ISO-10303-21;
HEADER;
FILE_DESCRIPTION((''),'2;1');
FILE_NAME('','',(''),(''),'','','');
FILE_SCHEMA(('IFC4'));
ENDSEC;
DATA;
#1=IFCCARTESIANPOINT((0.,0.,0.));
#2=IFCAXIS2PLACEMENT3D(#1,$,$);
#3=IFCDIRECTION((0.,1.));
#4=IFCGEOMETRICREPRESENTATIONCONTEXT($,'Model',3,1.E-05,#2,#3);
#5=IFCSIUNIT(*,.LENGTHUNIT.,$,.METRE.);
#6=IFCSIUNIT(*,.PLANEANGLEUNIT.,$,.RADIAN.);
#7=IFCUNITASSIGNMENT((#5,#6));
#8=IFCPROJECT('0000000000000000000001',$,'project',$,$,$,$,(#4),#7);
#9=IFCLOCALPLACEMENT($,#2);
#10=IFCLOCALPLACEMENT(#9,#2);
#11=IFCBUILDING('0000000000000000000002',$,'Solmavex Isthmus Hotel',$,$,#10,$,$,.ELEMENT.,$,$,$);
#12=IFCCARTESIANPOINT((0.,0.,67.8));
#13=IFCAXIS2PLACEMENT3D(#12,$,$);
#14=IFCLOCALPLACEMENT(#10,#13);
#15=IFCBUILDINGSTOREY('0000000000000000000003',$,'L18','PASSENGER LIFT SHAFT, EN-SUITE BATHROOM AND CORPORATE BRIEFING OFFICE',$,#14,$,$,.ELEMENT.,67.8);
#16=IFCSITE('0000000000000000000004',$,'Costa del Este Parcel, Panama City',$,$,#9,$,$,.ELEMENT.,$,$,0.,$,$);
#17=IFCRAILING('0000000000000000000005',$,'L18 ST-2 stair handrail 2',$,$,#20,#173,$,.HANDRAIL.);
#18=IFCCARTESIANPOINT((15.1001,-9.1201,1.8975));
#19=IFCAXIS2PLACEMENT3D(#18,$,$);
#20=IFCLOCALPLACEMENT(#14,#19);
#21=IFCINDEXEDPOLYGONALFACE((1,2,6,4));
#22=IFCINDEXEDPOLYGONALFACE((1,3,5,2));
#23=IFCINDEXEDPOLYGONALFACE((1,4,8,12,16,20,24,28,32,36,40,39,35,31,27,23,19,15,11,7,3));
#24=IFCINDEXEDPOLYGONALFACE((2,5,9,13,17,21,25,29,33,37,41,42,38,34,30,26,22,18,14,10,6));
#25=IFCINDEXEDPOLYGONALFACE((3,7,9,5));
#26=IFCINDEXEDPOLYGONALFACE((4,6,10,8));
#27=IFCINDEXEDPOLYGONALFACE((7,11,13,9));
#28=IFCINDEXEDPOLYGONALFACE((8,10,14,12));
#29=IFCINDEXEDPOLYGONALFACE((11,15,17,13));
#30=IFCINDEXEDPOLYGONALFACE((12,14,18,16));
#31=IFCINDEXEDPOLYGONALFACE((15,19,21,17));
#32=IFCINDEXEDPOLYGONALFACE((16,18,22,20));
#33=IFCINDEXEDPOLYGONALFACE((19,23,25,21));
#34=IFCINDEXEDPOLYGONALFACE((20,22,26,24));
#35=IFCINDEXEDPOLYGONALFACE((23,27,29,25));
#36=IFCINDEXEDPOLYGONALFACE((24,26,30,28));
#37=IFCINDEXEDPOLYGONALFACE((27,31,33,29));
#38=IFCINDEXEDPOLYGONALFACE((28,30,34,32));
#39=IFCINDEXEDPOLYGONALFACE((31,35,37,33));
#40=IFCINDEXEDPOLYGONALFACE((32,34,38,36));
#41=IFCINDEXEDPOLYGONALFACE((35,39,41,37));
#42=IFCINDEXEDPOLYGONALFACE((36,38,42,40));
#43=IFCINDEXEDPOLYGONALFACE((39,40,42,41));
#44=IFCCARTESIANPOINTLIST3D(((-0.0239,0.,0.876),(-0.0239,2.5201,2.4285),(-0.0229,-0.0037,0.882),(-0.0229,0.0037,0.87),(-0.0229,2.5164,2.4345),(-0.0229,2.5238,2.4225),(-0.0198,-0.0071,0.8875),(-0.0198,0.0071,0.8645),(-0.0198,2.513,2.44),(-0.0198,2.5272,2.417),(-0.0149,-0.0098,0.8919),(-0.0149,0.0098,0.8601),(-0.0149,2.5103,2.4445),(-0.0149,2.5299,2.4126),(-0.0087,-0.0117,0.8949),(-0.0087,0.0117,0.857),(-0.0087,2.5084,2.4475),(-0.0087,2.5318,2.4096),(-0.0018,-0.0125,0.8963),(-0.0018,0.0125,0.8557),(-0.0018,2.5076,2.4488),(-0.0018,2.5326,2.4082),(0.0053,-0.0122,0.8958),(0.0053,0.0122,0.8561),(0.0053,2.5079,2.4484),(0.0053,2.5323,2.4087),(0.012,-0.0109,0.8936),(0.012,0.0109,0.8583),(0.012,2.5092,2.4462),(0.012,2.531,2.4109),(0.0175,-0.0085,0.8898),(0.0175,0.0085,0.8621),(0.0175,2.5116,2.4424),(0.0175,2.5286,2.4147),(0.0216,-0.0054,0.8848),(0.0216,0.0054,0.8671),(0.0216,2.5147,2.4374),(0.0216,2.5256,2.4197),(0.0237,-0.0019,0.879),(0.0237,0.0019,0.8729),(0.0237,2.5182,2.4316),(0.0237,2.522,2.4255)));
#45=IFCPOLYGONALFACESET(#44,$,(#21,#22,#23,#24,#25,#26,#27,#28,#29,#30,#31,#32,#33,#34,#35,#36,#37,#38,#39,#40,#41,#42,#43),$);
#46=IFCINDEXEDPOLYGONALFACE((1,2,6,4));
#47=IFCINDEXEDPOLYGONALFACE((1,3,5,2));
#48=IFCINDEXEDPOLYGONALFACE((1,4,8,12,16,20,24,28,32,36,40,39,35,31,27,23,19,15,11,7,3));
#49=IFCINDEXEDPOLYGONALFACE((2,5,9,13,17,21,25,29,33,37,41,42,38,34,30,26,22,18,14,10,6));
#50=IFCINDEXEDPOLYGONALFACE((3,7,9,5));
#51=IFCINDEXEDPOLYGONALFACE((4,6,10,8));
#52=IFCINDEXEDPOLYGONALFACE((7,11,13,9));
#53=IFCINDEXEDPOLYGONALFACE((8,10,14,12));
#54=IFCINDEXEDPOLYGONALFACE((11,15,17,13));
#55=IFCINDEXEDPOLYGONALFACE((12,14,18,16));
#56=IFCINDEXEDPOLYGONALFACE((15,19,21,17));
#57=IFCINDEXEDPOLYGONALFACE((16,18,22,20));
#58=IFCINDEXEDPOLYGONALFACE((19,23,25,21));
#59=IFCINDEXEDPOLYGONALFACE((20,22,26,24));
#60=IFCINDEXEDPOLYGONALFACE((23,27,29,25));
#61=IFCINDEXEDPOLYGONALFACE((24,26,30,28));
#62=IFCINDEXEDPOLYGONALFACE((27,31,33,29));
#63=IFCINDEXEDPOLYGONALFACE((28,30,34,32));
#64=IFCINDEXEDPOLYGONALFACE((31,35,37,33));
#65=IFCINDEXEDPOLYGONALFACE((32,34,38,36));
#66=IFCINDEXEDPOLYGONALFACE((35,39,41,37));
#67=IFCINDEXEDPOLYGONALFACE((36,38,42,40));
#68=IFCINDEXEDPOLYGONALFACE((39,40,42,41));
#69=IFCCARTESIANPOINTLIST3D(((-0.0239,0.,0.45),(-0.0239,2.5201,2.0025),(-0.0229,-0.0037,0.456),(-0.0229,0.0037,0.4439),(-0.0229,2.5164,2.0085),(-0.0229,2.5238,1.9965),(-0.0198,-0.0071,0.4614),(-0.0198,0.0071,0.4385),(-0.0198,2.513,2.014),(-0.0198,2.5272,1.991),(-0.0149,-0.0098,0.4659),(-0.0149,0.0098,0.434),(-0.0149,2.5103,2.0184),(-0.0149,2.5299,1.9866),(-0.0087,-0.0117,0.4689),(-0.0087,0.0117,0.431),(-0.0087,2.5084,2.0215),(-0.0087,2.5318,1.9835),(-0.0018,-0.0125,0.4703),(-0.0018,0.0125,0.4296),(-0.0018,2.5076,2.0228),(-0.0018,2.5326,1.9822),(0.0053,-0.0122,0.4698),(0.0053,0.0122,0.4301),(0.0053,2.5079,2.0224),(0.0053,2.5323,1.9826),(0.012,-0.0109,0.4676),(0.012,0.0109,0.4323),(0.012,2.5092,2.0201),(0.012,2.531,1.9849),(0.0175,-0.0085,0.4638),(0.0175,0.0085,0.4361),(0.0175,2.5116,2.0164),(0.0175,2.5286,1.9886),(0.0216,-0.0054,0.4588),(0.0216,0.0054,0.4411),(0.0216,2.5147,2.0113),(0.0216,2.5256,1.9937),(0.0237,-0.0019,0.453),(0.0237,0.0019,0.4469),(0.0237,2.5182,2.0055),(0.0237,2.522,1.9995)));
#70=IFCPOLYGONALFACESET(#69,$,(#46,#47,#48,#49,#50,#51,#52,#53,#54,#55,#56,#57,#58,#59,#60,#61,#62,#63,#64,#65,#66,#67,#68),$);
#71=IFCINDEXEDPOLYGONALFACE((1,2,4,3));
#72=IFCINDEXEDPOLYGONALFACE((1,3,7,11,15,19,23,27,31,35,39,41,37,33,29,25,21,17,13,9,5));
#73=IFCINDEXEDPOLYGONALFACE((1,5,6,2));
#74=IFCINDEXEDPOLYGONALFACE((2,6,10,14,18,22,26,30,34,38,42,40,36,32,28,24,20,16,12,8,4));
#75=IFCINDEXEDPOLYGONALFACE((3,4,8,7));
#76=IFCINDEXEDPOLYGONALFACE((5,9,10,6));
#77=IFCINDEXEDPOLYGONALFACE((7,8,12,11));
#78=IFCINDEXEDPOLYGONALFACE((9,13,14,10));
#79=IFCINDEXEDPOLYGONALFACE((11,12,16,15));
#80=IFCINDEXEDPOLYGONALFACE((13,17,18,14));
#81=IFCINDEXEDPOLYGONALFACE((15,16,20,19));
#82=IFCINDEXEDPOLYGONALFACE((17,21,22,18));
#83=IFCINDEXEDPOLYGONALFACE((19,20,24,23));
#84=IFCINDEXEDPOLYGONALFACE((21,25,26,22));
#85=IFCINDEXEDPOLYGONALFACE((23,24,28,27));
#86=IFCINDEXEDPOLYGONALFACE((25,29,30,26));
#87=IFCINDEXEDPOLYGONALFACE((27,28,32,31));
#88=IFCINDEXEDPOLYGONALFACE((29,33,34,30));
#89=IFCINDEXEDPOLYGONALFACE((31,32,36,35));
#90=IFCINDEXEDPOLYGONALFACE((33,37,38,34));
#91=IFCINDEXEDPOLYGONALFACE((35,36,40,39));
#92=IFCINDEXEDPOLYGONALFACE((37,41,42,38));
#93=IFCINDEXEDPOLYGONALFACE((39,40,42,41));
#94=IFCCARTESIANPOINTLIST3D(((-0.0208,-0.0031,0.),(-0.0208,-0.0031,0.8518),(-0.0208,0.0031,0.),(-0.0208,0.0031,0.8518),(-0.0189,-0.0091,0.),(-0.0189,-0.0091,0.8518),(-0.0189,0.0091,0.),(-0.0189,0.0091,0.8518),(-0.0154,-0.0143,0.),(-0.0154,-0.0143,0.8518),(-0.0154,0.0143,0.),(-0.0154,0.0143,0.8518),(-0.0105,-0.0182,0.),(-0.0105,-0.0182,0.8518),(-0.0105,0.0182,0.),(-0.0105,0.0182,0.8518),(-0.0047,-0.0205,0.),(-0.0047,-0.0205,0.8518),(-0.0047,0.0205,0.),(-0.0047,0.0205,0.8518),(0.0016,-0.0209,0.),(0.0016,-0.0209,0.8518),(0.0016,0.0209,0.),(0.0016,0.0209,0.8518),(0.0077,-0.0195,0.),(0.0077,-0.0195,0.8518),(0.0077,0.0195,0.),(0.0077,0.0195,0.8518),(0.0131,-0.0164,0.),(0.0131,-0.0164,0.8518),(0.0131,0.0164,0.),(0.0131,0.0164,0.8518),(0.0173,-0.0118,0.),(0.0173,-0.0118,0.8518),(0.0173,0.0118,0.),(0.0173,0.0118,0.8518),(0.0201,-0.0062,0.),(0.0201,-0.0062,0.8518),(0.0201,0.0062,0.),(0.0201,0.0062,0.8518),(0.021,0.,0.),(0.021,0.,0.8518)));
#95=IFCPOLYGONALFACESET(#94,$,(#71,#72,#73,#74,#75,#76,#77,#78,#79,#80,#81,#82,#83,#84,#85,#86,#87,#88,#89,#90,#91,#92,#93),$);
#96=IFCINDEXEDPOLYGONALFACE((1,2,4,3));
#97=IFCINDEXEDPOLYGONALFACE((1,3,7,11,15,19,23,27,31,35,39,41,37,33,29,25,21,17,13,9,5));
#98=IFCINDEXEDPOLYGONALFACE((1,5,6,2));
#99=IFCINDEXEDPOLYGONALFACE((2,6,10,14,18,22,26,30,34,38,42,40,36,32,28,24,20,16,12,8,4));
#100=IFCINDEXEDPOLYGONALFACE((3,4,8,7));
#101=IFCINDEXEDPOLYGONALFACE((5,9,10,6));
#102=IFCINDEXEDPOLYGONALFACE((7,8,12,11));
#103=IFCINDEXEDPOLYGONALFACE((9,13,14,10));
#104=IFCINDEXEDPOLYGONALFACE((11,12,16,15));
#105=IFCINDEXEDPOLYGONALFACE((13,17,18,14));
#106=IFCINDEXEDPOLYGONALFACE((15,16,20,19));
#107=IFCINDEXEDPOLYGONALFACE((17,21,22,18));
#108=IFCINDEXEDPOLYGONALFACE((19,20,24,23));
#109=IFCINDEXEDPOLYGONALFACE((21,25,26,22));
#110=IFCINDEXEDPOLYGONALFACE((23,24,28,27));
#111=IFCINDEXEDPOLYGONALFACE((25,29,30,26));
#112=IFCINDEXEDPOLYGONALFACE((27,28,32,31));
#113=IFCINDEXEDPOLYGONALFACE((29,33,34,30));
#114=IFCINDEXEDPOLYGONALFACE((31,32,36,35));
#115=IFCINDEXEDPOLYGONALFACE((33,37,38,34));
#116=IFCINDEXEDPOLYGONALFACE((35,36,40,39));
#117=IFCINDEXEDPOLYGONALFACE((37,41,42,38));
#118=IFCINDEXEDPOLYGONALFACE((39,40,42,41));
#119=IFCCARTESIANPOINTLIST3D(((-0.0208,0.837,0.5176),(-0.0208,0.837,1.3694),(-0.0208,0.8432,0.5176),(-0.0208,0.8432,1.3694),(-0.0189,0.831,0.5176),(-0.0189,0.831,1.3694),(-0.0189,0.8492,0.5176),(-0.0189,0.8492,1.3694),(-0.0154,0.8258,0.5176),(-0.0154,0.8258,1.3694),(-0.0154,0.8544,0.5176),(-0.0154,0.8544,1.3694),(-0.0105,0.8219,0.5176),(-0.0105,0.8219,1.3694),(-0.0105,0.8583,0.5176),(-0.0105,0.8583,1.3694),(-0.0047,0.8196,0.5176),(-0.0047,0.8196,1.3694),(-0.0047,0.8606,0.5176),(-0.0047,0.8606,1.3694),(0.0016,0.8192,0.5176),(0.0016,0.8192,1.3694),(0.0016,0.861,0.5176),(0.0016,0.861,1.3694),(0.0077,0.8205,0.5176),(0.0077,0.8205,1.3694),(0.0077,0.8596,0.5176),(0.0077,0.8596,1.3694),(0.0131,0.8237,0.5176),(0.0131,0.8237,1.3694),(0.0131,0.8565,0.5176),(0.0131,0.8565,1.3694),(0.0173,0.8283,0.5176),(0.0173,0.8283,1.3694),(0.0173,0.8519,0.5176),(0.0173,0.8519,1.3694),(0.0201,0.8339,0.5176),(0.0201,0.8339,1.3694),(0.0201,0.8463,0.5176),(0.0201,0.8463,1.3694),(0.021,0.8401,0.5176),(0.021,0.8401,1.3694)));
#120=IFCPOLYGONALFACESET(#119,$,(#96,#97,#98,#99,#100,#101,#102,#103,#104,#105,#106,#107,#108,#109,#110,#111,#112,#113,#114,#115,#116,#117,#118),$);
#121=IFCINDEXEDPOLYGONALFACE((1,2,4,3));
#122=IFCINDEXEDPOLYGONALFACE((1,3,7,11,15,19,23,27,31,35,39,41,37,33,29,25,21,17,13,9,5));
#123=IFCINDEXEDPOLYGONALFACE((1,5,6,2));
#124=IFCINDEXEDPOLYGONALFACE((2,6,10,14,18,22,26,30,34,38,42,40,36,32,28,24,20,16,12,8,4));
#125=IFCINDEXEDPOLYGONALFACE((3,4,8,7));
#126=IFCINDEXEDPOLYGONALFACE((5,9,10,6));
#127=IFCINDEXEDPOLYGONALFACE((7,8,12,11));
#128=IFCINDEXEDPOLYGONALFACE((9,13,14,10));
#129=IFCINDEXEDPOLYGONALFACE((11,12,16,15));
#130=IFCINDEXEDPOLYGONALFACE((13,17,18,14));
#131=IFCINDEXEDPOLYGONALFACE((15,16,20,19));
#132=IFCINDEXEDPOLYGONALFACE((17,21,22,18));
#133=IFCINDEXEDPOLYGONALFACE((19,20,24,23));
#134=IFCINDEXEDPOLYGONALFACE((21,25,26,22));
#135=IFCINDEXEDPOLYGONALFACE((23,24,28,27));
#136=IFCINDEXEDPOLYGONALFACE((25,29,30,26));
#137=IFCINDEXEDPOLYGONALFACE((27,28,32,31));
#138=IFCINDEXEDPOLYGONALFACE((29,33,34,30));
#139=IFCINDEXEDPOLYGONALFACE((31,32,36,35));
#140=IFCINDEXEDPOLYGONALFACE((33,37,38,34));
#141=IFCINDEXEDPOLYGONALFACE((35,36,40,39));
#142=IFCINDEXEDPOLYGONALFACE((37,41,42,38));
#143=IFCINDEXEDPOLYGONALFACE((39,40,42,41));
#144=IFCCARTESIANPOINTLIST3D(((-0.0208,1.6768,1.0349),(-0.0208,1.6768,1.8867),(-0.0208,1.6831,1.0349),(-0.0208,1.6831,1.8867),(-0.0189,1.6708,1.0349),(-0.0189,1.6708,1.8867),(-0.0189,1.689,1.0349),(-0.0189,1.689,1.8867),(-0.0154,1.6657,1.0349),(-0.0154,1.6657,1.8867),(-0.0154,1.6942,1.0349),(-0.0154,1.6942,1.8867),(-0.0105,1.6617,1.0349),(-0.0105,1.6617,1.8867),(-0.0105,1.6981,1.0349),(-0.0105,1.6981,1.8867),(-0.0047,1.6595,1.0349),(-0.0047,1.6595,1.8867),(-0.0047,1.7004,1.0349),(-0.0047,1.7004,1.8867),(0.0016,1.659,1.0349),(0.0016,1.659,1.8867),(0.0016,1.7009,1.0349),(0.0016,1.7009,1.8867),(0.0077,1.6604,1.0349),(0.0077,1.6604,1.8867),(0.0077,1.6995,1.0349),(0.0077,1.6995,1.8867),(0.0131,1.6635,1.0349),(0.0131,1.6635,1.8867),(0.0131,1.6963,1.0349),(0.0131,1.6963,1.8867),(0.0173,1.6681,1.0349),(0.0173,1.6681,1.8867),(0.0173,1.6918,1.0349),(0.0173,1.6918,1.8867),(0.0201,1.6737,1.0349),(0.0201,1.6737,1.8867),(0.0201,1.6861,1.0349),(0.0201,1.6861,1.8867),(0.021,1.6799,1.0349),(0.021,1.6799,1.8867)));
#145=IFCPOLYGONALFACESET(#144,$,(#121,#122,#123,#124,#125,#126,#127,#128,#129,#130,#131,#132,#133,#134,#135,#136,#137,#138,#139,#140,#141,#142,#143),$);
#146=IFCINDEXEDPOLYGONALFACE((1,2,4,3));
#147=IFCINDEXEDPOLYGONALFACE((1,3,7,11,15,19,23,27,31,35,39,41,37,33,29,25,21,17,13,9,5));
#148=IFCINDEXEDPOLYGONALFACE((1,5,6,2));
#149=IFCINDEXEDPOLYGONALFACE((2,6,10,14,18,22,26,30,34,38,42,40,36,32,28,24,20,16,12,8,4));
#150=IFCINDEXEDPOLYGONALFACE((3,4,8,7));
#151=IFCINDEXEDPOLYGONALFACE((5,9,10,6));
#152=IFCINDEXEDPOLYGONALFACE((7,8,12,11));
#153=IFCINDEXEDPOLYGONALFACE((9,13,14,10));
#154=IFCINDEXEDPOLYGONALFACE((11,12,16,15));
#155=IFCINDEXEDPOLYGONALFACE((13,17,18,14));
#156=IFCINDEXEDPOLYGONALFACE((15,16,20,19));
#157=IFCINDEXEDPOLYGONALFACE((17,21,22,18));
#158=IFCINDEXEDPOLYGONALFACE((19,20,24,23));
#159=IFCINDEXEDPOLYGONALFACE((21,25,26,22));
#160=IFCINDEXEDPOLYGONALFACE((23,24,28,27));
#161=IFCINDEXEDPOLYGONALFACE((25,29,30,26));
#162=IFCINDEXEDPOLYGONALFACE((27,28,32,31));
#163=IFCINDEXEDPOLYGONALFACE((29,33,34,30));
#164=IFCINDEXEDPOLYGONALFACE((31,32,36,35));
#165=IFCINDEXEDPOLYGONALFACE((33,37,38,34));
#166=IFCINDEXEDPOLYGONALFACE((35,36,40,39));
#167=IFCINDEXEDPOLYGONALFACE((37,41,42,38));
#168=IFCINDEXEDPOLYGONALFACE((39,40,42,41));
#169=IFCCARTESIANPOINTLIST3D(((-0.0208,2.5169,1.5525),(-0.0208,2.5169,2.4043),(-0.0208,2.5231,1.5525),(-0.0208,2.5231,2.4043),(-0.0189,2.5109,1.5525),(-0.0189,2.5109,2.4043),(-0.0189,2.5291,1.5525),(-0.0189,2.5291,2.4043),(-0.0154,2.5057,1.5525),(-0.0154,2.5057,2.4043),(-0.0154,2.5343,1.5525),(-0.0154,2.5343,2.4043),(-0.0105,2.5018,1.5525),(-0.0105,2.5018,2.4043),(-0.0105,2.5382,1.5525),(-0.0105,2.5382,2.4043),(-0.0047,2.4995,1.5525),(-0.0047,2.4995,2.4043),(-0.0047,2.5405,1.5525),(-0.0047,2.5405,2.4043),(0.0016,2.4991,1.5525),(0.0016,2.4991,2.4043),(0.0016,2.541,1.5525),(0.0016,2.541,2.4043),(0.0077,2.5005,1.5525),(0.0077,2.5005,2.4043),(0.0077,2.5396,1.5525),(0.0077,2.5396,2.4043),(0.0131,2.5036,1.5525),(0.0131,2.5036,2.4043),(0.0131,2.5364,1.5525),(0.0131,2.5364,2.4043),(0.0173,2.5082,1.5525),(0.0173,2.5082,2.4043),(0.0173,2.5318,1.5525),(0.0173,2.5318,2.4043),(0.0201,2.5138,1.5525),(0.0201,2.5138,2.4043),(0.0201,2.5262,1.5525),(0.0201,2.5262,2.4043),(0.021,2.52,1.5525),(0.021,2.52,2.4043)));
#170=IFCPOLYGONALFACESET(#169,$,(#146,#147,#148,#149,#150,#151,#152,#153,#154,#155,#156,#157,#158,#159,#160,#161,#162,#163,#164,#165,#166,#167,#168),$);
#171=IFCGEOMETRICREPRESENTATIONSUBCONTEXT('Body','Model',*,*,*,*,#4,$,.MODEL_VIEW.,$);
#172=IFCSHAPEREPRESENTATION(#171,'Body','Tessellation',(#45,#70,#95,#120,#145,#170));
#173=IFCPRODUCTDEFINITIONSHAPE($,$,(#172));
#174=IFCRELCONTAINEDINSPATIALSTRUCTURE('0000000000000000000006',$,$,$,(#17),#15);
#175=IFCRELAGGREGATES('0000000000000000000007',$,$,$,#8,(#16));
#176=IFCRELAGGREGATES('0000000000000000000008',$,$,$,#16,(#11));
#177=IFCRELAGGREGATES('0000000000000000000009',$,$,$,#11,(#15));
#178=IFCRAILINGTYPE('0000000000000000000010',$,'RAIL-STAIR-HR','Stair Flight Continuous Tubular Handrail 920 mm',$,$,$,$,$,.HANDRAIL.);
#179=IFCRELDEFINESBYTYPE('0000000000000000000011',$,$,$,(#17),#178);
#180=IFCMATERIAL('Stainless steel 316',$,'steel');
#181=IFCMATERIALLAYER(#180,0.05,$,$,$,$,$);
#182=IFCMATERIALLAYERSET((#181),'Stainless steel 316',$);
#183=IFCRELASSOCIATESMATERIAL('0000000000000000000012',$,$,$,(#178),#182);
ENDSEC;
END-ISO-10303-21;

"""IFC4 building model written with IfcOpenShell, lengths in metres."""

from ifc_helpers import new_model, si_unit, direction, frame, origin, origin_2d, place, context, subcontext, project, spatial, circle, extrude, material, layer, layer_set, type_object, element, save


model = new_model("IFC4")

# Units and contexts
model_context = context("Model", 3, precision=1e-05, world=origin(), true_north=direction((0.0, 1.0)))
body_context = subcontext(model_context, "Body", "Model", "MODEL_VIEW")
ifc_project = project(units=[si_unit("LENGTHUNIT", "METRE"), si_unit("PLANEANGLEUNIT", "RADIAN")], contexts=[model_context])

# Site, building, storey
site_placement = place(None, origin())
site = spatial("IfcSite", under=ifc_project, at=site_placement, Name="Costa del Este Parcel, Panama City", CompositionType="ELEMENT", RefElevation=0.0)
building_placement = place(site_placement, origin())
building = spatial("IfcBuilding", under=site, at=building_placement, Name="Solmavex Isthmus Hotel", CompositionType="ELEMENT")
storey_placement = place(building_placement, frame((0.0, 0.0, 67.8)))
storey = spatial("IfcBuildingStorey", under=building, at=storey_placement, Name="L18", Description="PASSENGER LIFT SHAFT, EN-SUITE BATHROOM AND CORPORATE BRIEFING OFFICE", CompositionType="ELEMENT", Elevation=67.8)

# Railing
ifc_material_1 = material(Name="Stainless steel 316", Category="steel")
ifc_layer_1 = layer(ifc_material_1, 0.05)
ifc_layer_set_1 = layer_set([ifc_layer_1], Name="Stainless steel 316")
railing_type_1 = type_object("IfcRailingType", Name="RAIL-STAIR-HR", Description="Stair Flight Continuous Tubular Handrail 920 mm", PredefinedType="HANDRAIL", material=ifc_layer_set_1)
railing_1_placement = place(storey_placement, frame((15.1001, -9.1201, 1.8975)))
element("IfcRailing", 1, at=railing_1_placement, inside=storey, type_object=railing_type_1, Name="L18 ST-2 stair handrail 2", PredefinedType="HANDRAIL", context=body_context, shape_type="SweptSolid", body=[
    extrude(circle(Radius=0.0239, at=origin_2d()), frame((0.0, 0.0, 0.876), z_axis=(0.0, 0.8514, 0.524516), x_axis=(-1.0, 0.0, 0.0)), (0.0, 0.0, 1.0), 2.96),
    extrude(circle(Radius=0.0239, at=origin_2d()), frame((0.0, 0.0, 0.45), z_axis=(0.0, 0.8514, 0.524516), x_axis=(-1.0, 0.0, 0.0)), (0.0, 0.0, 1.0), 2.96),
    extrude(circle(Radius=0.021, at=origin_2d()), origin(), (0.0, 0.0, 1.0), 0.8518),
    extrude(circle(Radius=0.021, at=origin_2d()), frame((0.0, 0.8401, 0.5176)), (0.0, 0.0, 1.0), 0.8518),
    extrude(circle(Radius=0.021, at=origin_2d()), frame((0.0, 1.6799, 1.0349)), (0.0, 0.0, 1.0), 0.8518),
    extrude(circle(Radius=0.021, at=origin_2d()), frame((0.0, 2.52, 1.5525)), (0.0, 0.0, 1.0), 0.8518),
])

save(model, "model.ifc")
